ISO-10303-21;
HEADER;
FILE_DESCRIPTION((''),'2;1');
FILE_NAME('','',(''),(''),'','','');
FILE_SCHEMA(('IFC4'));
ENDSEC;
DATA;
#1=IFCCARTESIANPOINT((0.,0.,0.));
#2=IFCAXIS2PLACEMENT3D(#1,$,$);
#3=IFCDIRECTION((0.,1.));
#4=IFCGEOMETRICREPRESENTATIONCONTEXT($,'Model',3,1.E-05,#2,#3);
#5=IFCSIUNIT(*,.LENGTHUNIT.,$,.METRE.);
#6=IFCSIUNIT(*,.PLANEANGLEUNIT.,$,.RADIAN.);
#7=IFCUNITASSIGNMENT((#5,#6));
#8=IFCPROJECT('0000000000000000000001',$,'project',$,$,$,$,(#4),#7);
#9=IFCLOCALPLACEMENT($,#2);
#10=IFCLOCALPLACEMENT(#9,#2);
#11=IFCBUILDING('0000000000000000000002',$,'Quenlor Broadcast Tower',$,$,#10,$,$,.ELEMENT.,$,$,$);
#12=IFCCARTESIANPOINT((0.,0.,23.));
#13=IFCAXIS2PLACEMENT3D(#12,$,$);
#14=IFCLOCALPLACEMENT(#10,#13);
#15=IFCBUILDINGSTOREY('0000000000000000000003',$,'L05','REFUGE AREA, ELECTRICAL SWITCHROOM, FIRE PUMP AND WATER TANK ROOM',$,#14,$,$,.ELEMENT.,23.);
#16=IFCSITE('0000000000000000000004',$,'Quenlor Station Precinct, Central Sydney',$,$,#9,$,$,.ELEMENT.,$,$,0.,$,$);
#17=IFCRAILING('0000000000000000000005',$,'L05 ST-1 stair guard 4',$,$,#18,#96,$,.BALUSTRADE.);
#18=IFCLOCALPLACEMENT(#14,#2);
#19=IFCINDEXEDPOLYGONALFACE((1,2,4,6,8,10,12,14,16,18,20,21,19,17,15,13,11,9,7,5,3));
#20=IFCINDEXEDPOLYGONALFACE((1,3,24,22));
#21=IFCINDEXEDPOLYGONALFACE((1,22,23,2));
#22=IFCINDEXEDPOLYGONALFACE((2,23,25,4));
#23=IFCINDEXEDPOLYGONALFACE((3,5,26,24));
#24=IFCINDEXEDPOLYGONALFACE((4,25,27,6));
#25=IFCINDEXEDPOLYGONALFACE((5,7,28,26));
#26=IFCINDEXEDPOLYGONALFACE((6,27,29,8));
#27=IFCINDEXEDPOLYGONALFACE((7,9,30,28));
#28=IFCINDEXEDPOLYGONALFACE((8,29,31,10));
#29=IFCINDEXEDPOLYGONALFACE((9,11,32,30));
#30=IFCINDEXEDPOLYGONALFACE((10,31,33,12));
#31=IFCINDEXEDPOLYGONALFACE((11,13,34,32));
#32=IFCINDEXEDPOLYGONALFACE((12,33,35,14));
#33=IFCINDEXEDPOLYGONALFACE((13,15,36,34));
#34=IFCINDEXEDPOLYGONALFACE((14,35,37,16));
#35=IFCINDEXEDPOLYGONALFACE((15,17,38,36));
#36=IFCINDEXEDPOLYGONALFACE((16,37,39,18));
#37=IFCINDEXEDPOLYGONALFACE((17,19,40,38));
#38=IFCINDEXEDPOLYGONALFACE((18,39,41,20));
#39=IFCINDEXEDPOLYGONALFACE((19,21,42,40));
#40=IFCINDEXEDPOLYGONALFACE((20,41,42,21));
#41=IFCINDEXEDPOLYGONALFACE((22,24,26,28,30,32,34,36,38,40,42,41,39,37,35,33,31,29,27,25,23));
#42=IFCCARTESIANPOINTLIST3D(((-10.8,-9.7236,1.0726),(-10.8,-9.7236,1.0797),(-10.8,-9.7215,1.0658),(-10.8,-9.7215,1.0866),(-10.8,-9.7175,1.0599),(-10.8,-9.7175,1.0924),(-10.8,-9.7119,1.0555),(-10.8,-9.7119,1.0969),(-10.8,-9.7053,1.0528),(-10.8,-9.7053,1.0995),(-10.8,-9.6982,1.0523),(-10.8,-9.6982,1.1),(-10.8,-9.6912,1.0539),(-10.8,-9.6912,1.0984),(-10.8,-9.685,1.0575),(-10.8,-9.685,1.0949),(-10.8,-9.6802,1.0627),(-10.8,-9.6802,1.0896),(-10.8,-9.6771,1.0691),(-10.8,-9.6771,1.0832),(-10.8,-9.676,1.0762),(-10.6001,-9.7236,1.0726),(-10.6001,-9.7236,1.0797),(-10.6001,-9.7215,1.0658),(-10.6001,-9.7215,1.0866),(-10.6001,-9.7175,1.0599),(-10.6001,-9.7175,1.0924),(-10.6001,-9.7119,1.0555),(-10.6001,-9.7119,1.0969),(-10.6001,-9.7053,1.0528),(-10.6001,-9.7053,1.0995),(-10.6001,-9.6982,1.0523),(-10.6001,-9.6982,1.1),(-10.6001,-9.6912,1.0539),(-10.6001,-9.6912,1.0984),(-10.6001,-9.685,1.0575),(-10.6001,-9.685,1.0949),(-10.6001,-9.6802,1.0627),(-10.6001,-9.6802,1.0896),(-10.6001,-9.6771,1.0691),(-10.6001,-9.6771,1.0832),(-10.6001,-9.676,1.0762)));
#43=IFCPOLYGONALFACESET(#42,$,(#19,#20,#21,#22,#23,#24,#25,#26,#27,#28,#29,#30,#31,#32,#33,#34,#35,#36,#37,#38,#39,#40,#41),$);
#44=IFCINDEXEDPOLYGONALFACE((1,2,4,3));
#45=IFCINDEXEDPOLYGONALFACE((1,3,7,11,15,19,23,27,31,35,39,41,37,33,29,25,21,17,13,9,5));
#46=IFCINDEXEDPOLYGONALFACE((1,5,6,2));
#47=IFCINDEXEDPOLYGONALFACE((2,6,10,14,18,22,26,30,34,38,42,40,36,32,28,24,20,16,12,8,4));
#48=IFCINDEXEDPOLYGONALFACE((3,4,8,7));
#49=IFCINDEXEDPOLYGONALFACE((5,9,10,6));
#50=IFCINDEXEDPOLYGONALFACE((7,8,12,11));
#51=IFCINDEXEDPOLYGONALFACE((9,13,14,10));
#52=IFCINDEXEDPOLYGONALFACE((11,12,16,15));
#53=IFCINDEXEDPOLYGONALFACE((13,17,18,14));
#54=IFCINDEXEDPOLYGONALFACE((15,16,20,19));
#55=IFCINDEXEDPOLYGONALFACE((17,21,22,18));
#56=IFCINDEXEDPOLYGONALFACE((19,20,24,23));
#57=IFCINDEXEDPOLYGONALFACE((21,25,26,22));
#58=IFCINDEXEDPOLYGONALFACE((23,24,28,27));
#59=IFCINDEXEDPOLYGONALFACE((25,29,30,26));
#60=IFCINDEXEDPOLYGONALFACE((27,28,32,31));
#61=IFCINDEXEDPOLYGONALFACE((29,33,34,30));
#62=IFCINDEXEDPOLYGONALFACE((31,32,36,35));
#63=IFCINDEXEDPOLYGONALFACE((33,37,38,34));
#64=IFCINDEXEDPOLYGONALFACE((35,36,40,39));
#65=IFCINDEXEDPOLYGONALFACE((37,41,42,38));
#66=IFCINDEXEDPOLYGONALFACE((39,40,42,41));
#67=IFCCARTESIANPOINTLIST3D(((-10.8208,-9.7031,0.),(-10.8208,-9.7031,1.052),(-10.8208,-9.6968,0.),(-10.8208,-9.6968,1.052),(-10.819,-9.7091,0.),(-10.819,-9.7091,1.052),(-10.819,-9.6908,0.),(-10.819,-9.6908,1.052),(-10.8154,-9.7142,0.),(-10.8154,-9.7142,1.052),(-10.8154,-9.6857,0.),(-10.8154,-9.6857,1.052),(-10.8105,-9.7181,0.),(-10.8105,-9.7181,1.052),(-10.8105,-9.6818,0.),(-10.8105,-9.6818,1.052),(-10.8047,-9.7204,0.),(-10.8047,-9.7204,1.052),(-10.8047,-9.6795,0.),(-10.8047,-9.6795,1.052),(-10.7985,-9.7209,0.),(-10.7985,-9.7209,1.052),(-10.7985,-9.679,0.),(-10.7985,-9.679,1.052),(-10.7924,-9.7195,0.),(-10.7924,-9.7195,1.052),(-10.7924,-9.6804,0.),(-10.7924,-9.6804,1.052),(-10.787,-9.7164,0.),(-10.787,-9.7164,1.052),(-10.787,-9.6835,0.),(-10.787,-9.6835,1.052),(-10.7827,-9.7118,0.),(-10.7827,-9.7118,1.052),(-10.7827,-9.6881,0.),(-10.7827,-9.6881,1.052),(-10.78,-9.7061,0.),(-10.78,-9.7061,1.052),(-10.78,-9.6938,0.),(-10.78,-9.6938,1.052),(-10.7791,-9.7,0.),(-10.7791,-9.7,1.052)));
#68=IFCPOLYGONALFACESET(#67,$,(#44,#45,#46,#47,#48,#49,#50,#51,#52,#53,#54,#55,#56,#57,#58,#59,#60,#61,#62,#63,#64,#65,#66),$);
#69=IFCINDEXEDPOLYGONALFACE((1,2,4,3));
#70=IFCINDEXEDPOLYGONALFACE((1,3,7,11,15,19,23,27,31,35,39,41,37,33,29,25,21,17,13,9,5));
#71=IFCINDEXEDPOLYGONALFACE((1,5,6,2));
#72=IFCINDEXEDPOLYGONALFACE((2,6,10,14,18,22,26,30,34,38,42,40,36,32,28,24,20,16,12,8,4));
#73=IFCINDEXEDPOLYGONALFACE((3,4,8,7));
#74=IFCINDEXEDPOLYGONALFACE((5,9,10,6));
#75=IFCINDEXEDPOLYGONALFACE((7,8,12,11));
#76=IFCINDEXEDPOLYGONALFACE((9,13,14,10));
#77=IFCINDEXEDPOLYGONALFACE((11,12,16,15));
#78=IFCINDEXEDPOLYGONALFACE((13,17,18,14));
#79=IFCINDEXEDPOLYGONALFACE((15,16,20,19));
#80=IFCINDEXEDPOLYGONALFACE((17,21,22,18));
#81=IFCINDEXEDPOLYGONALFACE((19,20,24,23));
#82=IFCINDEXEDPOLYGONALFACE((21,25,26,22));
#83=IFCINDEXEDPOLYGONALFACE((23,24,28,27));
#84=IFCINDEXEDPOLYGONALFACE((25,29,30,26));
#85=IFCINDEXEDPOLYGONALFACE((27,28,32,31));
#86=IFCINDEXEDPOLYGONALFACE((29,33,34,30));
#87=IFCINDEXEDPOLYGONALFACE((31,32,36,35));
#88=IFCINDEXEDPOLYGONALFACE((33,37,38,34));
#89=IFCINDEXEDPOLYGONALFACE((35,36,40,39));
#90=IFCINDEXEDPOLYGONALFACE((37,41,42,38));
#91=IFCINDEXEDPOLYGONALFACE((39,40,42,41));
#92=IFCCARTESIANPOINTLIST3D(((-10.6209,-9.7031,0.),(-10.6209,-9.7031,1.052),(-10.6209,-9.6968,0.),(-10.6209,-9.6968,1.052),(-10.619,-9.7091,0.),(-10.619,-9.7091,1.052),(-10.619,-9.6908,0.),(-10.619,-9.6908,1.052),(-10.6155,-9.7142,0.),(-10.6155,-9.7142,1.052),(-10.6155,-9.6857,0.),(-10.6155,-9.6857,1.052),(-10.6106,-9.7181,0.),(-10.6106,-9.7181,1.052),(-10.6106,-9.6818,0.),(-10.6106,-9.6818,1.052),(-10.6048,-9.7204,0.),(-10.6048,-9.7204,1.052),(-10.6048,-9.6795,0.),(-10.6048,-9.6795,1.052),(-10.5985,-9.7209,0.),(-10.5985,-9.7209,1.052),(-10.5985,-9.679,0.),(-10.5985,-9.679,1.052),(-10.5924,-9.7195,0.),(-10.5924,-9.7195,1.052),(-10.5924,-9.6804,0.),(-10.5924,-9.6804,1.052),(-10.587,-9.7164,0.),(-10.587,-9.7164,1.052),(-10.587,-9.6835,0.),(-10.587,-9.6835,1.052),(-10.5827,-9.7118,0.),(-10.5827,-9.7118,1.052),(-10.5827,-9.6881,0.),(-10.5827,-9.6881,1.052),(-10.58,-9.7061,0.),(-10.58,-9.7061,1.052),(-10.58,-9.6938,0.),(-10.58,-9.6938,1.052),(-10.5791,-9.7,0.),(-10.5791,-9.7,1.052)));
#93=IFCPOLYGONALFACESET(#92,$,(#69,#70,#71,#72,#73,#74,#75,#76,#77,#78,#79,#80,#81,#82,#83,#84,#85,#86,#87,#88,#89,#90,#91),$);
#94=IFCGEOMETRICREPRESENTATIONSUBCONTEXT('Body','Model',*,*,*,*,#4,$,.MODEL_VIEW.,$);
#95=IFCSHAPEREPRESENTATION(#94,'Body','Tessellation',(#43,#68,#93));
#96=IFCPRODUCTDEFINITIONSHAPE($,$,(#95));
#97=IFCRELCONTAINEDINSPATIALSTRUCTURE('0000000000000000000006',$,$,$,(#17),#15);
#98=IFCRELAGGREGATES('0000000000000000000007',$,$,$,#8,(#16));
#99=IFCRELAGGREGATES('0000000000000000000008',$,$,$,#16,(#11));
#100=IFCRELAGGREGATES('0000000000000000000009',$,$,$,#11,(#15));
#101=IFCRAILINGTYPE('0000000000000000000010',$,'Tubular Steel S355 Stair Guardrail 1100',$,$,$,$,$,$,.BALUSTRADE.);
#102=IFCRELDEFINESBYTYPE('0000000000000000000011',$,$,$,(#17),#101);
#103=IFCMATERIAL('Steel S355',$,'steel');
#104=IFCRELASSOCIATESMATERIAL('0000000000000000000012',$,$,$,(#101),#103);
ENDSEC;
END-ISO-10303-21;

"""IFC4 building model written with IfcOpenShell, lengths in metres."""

from ifc_helpers import new_model, si_unit, direction, frame, origin, origin_2d, place, context, subcontext, project, spatial, circle, extrude, material, type_object, element, save


model = new_model("IFC4")

# Units and contexts
model_context = context("Model", 3, precision=1e-05, world=origin(), true_north=direction((0.0, 1.0)))
body_context = subcontext(model_context, "Body", "Model", "MODEL_VIEW")
ifc_project = project(units=[si_unit("LENGTHUNIT", "METRE"), si_unit("PLANEANGLEUNIT", "RADIAN")], contexts=[model_context])

# Site, building, storey
site_placement = place(None, origin())
site = spatial("IfcSite", under=ifc_project, at=site_placement, Name="Quenlor Station Precinct, Central Sydney", CompositionType="ELEMENT", RefElevation=0.0)
building_placement = place(site_placement, origin())
building = spatial("IfcBuilding", under=site, at=building_placement, Name="Quenlor Broadcast Tower", CompositionType="ELEMENT")
storey_placement = place(building_placement, frame((0.0, 0.0, 23.0)))
storey = spatial("IfcBuildingStorey", under=building, at=storey_placement, Name="L05", Description="REFUGE AREA, ELECTRICAL SWITCHROOM, FIRE PUMP AND WATER TANK ROOM", CompositionType="ELEMENT", Elevation=23.0)

# Railing
ifc_material_1 = material(Name="Steel S355", Category="steel")
railing_type_1 = type_object("IfcRailingType", Name="Tubular Steel S355 Stair Guardrail 1100", PredefinedType="BALUSTRADE", material=ifc_material_1)
railing_1_placement = place(storey_placement, frame((-10.8, -9.7, 0.0)))
element("IfcRailing", 1, at=railing_1_placement, inside=storey, type_object=railing_type_1, Name="L05 ST-1 stair guard 4", PredefinedType="BALUSTRADE", context=body_context, shape_type="SweptSolid", body=[
    extrude(circle(Radius=0.0239, at=origin_2d()), frame((0.0, 0.0, 1.0762), z_axis=(1.0, 0.0, 0.0), x_axis=(0.0, 1.0, 0.0)), (0.0, 0.0, 1.0), 0.2),
    extrude(circle(Radius=0.021, at=origin_2d()), origin(), (0.0, 0.0, 1.0), 1.052),
    extrude(circle(Radius=0.021, at=origin_2d()), frame((0.2, 0.0, 0.0)), (0.0, 0.0, 1.0), 1.052),
])

save(model, "model.ifc")
